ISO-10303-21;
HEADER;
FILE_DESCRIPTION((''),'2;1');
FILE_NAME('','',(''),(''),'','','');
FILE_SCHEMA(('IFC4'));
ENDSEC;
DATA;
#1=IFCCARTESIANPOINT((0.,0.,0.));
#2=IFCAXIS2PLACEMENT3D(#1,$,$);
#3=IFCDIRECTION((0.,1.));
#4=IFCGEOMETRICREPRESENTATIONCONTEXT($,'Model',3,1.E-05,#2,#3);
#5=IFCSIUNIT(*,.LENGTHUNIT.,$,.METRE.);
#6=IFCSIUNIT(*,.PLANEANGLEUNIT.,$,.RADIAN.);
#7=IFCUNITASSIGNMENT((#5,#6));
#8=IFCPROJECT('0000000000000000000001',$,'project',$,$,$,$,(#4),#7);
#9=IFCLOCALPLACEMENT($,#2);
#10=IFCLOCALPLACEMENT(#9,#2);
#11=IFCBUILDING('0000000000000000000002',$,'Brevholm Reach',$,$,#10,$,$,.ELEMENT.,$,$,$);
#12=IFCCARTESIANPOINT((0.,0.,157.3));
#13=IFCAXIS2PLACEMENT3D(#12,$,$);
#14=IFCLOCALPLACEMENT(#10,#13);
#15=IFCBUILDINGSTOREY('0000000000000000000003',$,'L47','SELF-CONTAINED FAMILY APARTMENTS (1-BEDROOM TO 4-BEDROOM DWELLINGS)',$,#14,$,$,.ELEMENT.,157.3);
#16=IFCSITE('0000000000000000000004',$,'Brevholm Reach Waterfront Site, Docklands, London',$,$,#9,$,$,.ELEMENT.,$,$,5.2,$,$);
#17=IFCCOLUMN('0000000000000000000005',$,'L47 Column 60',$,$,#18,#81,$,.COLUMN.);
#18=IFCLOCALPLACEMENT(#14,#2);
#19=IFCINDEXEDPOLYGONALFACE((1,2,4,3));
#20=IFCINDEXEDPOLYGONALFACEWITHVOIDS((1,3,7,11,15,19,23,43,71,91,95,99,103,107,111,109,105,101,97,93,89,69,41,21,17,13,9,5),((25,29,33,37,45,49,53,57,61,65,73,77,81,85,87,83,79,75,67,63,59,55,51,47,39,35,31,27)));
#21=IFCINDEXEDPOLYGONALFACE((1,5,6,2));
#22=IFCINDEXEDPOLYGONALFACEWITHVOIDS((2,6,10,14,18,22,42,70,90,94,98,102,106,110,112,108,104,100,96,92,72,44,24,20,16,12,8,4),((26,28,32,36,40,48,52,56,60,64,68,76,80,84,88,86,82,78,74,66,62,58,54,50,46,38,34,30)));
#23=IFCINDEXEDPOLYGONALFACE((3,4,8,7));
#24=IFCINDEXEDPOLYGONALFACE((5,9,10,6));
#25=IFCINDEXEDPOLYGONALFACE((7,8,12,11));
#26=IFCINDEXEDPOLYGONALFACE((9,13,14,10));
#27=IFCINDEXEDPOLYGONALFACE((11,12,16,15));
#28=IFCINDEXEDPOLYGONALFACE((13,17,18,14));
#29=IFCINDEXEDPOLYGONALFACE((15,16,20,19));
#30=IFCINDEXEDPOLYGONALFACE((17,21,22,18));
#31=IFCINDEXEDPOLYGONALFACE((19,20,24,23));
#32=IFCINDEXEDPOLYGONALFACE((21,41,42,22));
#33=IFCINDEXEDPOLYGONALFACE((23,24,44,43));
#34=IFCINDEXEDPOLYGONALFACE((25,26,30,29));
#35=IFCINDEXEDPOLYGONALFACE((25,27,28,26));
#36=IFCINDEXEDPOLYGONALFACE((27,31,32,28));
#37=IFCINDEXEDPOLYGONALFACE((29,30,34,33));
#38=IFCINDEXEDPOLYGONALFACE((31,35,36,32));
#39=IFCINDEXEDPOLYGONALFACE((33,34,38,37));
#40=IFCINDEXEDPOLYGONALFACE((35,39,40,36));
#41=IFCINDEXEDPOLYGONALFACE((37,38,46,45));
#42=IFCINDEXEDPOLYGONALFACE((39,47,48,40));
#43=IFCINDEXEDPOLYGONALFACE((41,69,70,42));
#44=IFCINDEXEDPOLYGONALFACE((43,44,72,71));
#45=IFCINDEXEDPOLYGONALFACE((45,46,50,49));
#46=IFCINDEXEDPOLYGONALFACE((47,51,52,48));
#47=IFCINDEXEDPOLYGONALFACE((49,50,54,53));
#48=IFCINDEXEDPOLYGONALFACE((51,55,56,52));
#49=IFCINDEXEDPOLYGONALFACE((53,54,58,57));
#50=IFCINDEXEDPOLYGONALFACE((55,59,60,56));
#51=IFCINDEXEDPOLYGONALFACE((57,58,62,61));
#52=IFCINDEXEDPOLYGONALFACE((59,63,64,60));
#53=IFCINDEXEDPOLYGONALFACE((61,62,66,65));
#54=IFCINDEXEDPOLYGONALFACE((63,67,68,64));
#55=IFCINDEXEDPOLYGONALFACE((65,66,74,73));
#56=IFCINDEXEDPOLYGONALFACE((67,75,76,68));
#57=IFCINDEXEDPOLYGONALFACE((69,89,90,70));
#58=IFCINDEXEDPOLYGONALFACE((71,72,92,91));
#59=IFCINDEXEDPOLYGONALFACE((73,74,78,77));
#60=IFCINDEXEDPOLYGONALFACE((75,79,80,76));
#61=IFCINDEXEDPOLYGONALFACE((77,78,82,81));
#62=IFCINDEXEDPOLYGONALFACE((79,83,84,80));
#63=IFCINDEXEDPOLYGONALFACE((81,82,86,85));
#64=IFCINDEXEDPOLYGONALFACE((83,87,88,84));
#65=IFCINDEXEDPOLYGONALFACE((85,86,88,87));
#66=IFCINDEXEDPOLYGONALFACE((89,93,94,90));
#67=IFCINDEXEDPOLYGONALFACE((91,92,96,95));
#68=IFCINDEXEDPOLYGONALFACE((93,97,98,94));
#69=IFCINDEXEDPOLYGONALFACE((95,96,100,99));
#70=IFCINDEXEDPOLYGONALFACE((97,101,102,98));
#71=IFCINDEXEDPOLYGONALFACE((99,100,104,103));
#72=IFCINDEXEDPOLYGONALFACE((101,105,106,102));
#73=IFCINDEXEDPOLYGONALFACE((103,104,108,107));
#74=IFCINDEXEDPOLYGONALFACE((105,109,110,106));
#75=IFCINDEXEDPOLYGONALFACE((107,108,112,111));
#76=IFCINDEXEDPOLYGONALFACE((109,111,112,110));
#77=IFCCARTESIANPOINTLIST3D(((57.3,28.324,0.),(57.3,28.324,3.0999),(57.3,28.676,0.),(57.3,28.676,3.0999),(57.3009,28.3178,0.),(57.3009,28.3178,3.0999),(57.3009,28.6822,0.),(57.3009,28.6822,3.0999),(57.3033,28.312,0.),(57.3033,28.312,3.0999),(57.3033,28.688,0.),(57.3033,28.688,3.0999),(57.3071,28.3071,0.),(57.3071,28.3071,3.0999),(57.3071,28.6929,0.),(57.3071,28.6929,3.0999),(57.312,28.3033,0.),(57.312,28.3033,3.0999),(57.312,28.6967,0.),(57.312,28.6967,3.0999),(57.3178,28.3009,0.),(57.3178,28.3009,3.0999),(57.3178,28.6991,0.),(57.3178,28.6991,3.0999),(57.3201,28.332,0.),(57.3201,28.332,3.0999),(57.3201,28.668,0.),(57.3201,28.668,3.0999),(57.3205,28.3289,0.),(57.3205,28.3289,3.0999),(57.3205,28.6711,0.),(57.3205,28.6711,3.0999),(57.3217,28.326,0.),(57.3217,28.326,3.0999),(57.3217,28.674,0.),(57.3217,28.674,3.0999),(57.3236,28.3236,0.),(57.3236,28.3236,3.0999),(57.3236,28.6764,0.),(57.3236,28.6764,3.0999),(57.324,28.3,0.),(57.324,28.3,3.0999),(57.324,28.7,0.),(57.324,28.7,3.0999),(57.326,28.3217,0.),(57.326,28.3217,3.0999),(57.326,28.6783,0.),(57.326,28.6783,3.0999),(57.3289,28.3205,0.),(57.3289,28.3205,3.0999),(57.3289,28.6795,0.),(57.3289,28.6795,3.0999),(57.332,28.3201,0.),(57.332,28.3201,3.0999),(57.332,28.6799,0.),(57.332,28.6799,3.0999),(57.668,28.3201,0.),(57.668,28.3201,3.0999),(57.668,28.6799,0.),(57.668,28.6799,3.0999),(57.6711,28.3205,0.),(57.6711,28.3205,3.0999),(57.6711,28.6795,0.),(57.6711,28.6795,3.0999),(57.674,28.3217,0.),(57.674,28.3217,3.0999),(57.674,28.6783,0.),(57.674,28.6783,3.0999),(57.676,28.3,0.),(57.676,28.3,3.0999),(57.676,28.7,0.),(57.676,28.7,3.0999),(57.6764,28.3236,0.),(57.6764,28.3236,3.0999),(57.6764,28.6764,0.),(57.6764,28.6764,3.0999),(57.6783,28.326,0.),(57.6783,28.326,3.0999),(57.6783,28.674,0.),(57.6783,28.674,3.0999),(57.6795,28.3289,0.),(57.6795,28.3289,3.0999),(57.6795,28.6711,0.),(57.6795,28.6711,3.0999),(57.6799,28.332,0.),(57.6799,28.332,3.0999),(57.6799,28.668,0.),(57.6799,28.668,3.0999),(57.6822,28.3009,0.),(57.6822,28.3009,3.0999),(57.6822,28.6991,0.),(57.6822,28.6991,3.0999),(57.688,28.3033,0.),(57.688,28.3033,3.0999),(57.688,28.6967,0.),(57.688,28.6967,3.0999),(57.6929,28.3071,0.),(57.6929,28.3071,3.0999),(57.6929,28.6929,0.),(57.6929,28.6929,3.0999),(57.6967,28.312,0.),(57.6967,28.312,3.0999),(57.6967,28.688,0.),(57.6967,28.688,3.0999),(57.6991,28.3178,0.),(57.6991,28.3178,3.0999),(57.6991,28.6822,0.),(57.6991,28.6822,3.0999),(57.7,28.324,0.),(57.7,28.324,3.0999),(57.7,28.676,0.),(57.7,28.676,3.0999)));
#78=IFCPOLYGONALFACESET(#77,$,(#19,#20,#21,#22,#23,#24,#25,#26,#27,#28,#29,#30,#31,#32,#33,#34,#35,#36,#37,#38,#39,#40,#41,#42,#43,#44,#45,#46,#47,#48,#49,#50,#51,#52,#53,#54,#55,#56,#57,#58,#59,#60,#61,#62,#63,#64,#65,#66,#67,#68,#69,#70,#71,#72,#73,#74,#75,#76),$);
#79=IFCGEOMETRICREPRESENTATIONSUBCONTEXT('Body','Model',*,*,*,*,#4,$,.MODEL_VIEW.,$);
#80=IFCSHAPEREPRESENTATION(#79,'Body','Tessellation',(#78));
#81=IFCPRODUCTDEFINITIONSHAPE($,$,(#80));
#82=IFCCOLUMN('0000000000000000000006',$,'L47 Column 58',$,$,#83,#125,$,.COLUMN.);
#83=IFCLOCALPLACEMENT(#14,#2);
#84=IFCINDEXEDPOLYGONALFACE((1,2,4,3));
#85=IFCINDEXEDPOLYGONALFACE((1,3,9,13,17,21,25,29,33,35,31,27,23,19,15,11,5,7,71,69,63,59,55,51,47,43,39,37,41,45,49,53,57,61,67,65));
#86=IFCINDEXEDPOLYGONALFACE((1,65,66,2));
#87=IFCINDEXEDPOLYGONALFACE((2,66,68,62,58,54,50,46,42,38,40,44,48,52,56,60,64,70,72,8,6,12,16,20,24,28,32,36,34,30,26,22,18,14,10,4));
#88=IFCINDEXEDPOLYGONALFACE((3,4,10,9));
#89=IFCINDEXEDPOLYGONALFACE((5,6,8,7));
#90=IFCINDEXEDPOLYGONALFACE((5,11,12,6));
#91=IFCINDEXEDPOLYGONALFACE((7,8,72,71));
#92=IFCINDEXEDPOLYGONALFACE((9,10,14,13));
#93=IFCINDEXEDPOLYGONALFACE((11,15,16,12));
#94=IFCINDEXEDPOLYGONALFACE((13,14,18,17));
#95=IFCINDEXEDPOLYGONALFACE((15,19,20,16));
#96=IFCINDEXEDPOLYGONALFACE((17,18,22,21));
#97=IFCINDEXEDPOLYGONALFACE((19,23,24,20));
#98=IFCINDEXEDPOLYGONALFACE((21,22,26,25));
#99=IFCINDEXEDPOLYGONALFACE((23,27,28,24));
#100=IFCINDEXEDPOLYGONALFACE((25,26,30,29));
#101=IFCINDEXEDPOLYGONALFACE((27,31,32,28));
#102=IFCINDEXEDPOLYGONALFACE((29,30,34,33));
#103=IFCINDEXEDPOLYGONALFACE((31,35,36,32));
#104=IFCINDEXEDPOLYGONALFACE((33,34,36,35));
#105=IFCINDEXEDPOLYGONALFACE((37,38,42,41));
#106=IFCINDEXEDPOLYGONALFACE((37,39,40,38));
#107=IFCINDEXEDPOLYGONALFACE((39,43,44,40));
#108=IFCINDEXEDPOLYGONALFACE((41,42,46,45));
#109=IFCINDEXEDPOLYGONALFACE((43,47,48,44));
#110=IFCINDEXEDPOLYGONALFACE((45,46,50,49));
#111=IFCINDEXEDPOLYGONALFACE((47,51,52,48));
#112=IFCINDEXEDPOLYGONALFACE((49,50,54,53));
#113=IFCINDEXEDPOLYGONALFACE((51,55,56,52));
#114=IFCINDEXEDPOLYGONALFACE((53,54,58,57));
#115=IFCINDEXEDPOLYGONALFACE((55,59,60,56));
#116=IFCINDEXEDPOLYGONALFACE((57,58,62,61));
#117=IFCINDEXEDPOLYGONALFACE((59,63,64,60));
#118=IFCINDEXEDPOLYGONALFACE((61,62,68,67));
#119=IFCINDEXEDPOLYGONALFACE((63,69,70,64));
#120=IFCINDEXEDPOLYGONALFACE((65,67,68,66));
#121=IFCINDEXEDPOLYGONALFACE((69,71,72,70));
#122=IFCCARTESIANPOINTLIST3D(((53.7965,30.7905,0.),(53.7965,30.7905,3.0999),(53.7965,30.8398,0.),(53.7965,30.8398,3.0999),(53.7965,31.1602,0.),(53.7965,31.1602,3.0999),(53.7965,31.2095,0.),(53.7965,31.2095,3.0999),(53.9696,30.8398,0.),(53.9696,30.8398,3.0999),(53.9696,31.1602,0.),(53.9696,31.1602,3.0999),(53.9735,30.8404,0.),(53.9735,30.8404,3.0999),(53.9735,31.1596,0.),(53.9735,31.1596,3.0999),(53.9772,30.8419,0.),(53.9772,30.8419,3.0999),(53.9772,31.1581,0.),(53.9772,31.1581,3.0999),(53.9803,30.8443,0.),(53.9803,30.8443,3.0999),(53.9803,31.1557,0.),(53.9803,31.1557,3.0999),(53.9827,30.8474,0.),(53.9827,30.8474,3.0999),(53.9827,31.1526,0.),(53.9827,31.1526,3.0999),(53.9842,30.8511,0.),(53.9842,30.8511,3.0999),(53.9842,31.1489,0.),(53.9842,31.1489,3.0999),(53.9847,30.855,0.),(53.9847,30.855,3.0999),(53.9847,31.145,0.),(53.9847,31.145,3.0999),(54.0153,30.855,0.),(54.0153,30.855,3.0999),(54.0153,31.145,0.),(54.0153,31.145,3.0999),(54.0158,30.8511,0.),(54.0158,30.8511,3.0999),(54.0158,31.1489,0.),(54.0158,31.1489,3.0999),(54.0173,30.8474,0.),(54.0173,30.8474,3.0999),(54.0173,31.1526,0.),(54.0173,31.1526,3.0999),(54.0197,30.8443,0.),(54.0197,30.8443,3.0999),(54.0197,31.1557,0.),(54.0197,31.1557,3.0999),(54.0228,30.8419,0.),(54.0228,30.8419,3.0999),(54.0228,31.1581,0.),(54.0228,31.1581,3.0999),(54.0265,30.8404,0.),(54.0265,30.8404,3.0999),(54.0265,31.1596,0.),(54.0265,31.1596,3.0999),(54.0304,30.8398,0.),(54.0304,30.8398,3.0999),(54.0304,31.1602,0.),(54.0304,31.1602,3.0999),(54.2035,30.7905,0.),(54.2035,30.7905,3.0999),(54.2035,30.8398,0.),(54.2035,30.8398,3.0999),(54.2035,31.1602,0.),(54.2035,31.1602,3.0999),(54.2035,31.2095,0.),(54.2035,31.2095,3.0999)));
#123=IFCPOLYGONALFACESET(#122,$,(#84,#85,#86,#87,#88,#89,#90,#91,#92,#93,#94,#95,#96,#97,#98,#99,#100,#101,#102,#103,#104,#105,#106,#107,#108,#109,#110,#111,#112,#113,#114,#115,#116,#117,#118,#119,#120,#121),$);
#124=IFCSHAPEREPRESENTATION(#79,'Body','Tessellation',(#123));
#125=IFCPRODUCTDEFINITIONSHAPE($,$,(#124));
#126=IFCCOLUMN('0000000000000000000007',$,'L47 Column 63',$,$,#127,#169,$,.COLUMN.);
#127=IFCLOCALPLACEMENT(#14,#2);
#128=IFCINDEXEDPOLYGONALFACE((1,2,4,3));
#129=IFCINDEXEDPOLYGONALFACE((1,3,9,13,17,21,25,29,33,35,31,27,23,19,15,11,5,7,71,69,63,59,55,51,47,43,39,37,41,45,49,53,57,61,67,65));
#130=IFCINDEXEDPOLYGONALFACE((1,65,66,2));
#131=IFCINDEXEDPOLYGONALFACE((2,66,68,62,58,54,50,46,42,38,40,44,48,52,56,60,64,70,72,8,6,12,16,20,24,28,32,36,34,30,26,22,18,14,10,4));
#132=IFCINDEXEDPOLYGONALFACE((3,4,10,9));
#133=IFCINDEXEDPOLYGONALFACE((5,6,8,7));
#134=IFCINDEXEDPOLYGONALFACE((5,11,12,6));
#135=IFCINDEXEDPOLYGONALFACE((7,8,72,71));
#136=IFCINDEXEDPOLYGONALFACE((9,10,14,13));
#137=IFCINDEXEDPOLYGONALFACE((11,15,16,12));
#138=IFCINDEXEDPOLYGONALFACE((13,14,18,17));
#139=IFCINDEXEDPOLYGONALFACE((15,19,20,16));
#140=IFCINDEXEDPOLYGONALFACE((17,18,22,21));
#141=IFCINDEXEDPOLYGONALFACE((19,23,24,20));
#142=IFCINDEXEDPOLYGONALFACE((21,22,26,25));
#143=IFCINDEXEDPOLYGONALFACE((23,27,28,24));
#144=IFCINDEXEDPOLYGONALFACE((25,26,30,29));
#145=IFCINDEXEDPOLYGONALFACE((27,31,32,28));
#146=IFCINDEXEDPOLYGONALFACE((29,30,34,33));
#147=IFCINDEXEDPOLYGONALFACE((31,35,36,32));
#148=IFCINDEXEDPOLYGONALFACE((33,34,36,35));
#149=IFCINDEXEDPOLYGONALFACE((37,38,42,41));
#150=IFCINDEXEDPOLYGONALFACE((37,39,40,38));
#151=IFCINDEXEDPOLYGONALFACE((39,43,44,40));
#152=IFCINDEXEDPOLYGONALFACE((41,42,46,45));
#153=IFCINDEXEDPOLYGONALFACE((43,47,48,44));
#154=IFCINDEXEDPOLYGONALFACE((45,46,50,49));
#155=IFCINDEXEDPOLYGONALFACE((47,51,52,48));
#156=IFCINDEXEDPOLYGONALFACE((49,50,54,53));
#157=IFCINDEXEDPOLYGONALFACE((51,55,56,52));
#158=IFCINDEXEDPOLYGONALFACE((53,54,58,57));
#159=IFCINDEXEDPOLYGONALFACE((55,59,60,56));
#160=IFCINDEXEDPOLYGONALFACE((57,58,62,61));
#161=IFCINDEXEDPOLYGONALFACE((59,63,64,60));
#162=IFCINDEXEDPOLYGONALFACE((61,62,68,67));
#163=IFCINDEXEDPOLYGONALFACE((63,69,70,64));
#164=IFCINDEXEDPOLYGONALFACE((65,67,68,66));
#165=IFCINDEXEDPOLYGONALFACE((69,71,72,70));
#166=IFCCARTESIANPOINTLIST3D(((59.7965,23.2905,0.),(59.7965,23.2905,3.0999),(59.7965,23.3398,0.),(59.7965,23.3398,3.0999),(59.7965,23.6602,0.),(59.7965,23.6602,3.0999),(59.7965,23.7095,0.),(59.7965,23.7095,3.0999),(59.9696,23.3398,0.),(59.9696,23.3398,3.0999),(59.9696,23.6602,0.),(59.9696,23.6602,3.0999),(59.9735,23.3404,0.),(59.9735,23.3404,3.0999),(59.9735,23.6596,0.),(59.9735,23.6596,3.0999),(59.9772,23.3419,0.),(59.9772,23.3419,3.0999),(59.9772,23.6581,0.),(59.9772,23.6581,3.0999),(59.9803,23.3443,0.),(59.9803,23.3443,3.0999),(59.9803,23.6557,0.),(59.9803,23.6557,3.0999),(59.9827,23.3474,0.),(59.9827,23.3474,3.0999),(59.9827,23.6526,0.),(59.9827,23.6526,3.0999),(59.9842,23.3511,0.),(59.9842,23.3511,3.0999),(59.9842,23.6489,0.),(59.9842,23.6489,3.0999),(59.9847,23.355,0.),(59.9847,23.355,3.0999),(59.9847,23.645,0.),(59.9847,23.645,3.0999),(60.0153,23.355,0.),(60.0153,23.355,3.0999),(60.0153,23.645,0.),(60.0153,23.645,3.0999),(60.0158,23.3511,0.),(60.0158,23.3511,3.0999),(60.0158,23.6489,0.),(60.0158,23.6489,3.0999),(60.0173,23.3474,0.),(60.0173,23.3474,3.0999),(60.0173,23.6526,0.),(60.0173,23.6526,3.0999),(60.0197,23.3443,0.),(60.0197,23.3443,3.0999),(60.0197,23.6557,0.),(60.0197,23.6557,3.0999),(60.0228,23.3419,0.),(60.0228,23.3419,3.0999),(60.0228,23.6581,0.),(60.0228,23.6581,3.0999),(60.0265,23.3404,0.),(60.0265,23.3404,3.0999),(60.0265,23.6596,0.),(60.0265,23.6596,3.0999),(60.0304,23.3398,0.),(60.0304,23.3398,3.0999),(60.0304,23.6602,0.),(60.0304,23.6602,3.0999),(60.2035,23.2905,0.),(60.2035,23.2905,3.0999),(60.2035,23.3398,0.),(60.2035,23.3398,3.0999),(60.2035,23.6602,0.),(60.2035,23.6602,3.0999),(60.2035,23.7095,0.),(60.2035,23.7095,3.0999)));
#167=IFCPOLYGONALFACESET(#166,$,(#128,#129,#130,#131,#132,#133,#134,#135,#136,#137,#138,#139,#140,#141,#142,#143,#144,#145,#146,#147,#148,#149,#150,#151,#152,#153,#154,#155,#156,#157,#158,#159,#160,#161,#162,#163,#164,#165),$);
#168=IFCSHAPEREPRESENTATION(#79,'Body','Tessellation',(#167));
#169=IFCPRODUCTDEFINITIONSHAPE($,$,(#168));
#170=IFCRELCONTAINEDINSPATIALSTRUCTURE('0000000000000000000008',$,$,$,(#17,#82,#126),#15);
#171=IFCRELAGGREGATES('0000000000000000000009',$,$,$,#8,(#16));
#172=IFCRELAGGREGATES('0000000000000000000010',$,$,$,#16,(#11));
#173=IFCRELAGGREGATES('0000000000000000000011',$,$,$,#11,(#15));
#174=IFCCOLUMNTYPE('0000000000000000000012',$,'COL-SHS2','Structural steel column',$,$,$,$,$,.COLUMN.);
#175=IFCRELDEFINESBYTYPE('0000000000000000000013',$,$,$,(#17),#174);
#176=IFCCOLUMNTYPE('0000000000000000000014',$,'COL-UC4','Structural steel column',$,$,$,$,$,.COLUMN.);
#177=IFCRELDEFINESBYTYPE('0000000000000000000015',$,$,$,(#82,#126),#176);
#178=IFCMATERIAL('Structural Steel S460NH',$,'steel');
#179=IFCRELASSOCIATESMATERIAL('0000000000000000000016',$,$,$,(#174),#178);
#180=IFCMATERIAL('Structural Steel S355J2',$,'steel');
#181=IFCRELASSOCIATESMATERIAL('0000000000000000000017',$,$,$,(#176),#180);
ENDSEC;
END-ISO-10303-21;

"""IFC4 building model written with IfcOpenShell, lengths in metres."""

from ifc_helpers import new_model, si_unit, direction, frame, origin, origin_2d, place, context, subcontext, project, spatial, hollow_rectangle, i_section, extrude, material, material_profile, profile_set, type_object, element, save


model = new_model("IFC4")

# Units and contexts
model_context = context("Model", 3, precision=1e-05, world=origin(), true_north=direction((0.0, 1.0)))
body_context = subcontext(model_context, "Body", "Model", "MODEL_VIEW")
ifc_project = project(units=[si_unit("LENGTHUNIT", "METRE"), si_unit("PLANEANGLEUNIT", "RADIAN")], contexts=[model_context])

# Site, building, storey
site_placement = place(None, origin())
site = spatial("IfcSite", under=ifc_project, at=site_placement, Name="Brevholm Reach Waterfront Site, Docklands, London", CompositionType="ELEMENT", RefElevation=5.2)
building_placement = place(site_placement, origin())
building = spatial("IfcBuilding", under=site, at=building_placement, Name="Brevholm Reach", CompositionType="ELEMENT")
storey_placement = place(building_placement, frame((0.0, 0.0, 157.3)))
storey = spatial("IfcBuildingStorey", under=building, at=storey_placement, Name="L47", Description="SELF-CONTAINED FAMILY APARTMENTS (1-BEDROOM TO 4-BEDROOM DWELLINGS)", CompositionType="ELEMENT", Elevation=157.3)

# Columns
ifc_material_1 = material(Name="Structural Steel S460NH", Category="steel")
ifc_material_profile_1 = material_profile(ifc_material_1, hollow_rectangle(XDim=0.3999, YDim=0.3999, WallThickness=0.02, InnerFilletRadius=0.012, OuterFilletRadius=0.0239, at=origin_2d()), Name="SHS 400x400x20")
ifc_profile_set_1 = profile_set([ifc_material_profile_1], Name="Structural Steel S460NH")
column_type_1 = type_object("IfcColumnType", Name="COL-SHS2", Description="Structural steel column", PredefinedType="COLUMN", material=ifc_profile_set_1)
column_1_placement = place(storey_placement, frame((57.5, 28.5, 0.0), z_axis=(0.0, 0.0, 1.0), x_axis=(1.0, 0.0, 0.0)))
element("IfcColumn", 1, at=column_1_placement, inside=storey, type_object=column_type_1, Name="L47 Column 60", PredefinedType="COLUMN", context=body_context, shape_type="SweptSolid", body=[
    extrude(hollow_rectangle(XDim=0.3999, YDim=0.3999, WallThickness=0.02, InnerFilletRadius=0.012, OuterFilletRadius=0.0239, at=origin_2d()), origin(), (0.0, 0.0, 1.0), 3.0999),
])
ifc_material_2 = material(Name="Structural Steel S355J2", Category="steel")
ifc_material_profile_2 = material_profile(ifc_material_2, i_section(OverallWidth=0.407, OverallDepth=0.4189, WebThickness=0.0305, FlangeThickness=0.0493, FilletRadius=0.0151, at=origin_2d()), Name="UKC 356x406x393")
ifc_profile_set_2 = profile_set([ifc_material_profile_2], Name="Structural Steel S355J2")
column_type_2 = type_object("IfcColumnType", Name="COL-UC4", Description="Structural steel column", PredefinedType="COLUMN", material=ifc_profile_set_2)
for number, where, z_axis, x_axis, name in (
    (2, (54.0, 31.0, 0.0), (0.0, 0.0, 1.0), (1.0, 0.0, 0.0), "L47 Column 58"),
    (3, (60.0, 23.5, 0.0), (0.0, 0.0, 1.0), (1.0, 0.0, 0.0), "L47 Column 63"),
):
    element("IfcColumn", number, at=place(storey_placement, frame(where, z_axis=z_axis, x_axis=x_axis)), inside=storey, type_object=column_type_2, Name=name, PredefinedType="COLUMN", context=body_context, shape_type="SweptSolid", body=[
        extrude(i_section(OverallWidth=0.407, OverallDepth=0.4189, WebThickness=0.0305, FlangeThickness=0.0493, FilletRadius=0.0151, at=origin_2d()), origin(), (0.0, 0.0, 1.0), 3.0999),
    ])

save(model, "model.ifc")
